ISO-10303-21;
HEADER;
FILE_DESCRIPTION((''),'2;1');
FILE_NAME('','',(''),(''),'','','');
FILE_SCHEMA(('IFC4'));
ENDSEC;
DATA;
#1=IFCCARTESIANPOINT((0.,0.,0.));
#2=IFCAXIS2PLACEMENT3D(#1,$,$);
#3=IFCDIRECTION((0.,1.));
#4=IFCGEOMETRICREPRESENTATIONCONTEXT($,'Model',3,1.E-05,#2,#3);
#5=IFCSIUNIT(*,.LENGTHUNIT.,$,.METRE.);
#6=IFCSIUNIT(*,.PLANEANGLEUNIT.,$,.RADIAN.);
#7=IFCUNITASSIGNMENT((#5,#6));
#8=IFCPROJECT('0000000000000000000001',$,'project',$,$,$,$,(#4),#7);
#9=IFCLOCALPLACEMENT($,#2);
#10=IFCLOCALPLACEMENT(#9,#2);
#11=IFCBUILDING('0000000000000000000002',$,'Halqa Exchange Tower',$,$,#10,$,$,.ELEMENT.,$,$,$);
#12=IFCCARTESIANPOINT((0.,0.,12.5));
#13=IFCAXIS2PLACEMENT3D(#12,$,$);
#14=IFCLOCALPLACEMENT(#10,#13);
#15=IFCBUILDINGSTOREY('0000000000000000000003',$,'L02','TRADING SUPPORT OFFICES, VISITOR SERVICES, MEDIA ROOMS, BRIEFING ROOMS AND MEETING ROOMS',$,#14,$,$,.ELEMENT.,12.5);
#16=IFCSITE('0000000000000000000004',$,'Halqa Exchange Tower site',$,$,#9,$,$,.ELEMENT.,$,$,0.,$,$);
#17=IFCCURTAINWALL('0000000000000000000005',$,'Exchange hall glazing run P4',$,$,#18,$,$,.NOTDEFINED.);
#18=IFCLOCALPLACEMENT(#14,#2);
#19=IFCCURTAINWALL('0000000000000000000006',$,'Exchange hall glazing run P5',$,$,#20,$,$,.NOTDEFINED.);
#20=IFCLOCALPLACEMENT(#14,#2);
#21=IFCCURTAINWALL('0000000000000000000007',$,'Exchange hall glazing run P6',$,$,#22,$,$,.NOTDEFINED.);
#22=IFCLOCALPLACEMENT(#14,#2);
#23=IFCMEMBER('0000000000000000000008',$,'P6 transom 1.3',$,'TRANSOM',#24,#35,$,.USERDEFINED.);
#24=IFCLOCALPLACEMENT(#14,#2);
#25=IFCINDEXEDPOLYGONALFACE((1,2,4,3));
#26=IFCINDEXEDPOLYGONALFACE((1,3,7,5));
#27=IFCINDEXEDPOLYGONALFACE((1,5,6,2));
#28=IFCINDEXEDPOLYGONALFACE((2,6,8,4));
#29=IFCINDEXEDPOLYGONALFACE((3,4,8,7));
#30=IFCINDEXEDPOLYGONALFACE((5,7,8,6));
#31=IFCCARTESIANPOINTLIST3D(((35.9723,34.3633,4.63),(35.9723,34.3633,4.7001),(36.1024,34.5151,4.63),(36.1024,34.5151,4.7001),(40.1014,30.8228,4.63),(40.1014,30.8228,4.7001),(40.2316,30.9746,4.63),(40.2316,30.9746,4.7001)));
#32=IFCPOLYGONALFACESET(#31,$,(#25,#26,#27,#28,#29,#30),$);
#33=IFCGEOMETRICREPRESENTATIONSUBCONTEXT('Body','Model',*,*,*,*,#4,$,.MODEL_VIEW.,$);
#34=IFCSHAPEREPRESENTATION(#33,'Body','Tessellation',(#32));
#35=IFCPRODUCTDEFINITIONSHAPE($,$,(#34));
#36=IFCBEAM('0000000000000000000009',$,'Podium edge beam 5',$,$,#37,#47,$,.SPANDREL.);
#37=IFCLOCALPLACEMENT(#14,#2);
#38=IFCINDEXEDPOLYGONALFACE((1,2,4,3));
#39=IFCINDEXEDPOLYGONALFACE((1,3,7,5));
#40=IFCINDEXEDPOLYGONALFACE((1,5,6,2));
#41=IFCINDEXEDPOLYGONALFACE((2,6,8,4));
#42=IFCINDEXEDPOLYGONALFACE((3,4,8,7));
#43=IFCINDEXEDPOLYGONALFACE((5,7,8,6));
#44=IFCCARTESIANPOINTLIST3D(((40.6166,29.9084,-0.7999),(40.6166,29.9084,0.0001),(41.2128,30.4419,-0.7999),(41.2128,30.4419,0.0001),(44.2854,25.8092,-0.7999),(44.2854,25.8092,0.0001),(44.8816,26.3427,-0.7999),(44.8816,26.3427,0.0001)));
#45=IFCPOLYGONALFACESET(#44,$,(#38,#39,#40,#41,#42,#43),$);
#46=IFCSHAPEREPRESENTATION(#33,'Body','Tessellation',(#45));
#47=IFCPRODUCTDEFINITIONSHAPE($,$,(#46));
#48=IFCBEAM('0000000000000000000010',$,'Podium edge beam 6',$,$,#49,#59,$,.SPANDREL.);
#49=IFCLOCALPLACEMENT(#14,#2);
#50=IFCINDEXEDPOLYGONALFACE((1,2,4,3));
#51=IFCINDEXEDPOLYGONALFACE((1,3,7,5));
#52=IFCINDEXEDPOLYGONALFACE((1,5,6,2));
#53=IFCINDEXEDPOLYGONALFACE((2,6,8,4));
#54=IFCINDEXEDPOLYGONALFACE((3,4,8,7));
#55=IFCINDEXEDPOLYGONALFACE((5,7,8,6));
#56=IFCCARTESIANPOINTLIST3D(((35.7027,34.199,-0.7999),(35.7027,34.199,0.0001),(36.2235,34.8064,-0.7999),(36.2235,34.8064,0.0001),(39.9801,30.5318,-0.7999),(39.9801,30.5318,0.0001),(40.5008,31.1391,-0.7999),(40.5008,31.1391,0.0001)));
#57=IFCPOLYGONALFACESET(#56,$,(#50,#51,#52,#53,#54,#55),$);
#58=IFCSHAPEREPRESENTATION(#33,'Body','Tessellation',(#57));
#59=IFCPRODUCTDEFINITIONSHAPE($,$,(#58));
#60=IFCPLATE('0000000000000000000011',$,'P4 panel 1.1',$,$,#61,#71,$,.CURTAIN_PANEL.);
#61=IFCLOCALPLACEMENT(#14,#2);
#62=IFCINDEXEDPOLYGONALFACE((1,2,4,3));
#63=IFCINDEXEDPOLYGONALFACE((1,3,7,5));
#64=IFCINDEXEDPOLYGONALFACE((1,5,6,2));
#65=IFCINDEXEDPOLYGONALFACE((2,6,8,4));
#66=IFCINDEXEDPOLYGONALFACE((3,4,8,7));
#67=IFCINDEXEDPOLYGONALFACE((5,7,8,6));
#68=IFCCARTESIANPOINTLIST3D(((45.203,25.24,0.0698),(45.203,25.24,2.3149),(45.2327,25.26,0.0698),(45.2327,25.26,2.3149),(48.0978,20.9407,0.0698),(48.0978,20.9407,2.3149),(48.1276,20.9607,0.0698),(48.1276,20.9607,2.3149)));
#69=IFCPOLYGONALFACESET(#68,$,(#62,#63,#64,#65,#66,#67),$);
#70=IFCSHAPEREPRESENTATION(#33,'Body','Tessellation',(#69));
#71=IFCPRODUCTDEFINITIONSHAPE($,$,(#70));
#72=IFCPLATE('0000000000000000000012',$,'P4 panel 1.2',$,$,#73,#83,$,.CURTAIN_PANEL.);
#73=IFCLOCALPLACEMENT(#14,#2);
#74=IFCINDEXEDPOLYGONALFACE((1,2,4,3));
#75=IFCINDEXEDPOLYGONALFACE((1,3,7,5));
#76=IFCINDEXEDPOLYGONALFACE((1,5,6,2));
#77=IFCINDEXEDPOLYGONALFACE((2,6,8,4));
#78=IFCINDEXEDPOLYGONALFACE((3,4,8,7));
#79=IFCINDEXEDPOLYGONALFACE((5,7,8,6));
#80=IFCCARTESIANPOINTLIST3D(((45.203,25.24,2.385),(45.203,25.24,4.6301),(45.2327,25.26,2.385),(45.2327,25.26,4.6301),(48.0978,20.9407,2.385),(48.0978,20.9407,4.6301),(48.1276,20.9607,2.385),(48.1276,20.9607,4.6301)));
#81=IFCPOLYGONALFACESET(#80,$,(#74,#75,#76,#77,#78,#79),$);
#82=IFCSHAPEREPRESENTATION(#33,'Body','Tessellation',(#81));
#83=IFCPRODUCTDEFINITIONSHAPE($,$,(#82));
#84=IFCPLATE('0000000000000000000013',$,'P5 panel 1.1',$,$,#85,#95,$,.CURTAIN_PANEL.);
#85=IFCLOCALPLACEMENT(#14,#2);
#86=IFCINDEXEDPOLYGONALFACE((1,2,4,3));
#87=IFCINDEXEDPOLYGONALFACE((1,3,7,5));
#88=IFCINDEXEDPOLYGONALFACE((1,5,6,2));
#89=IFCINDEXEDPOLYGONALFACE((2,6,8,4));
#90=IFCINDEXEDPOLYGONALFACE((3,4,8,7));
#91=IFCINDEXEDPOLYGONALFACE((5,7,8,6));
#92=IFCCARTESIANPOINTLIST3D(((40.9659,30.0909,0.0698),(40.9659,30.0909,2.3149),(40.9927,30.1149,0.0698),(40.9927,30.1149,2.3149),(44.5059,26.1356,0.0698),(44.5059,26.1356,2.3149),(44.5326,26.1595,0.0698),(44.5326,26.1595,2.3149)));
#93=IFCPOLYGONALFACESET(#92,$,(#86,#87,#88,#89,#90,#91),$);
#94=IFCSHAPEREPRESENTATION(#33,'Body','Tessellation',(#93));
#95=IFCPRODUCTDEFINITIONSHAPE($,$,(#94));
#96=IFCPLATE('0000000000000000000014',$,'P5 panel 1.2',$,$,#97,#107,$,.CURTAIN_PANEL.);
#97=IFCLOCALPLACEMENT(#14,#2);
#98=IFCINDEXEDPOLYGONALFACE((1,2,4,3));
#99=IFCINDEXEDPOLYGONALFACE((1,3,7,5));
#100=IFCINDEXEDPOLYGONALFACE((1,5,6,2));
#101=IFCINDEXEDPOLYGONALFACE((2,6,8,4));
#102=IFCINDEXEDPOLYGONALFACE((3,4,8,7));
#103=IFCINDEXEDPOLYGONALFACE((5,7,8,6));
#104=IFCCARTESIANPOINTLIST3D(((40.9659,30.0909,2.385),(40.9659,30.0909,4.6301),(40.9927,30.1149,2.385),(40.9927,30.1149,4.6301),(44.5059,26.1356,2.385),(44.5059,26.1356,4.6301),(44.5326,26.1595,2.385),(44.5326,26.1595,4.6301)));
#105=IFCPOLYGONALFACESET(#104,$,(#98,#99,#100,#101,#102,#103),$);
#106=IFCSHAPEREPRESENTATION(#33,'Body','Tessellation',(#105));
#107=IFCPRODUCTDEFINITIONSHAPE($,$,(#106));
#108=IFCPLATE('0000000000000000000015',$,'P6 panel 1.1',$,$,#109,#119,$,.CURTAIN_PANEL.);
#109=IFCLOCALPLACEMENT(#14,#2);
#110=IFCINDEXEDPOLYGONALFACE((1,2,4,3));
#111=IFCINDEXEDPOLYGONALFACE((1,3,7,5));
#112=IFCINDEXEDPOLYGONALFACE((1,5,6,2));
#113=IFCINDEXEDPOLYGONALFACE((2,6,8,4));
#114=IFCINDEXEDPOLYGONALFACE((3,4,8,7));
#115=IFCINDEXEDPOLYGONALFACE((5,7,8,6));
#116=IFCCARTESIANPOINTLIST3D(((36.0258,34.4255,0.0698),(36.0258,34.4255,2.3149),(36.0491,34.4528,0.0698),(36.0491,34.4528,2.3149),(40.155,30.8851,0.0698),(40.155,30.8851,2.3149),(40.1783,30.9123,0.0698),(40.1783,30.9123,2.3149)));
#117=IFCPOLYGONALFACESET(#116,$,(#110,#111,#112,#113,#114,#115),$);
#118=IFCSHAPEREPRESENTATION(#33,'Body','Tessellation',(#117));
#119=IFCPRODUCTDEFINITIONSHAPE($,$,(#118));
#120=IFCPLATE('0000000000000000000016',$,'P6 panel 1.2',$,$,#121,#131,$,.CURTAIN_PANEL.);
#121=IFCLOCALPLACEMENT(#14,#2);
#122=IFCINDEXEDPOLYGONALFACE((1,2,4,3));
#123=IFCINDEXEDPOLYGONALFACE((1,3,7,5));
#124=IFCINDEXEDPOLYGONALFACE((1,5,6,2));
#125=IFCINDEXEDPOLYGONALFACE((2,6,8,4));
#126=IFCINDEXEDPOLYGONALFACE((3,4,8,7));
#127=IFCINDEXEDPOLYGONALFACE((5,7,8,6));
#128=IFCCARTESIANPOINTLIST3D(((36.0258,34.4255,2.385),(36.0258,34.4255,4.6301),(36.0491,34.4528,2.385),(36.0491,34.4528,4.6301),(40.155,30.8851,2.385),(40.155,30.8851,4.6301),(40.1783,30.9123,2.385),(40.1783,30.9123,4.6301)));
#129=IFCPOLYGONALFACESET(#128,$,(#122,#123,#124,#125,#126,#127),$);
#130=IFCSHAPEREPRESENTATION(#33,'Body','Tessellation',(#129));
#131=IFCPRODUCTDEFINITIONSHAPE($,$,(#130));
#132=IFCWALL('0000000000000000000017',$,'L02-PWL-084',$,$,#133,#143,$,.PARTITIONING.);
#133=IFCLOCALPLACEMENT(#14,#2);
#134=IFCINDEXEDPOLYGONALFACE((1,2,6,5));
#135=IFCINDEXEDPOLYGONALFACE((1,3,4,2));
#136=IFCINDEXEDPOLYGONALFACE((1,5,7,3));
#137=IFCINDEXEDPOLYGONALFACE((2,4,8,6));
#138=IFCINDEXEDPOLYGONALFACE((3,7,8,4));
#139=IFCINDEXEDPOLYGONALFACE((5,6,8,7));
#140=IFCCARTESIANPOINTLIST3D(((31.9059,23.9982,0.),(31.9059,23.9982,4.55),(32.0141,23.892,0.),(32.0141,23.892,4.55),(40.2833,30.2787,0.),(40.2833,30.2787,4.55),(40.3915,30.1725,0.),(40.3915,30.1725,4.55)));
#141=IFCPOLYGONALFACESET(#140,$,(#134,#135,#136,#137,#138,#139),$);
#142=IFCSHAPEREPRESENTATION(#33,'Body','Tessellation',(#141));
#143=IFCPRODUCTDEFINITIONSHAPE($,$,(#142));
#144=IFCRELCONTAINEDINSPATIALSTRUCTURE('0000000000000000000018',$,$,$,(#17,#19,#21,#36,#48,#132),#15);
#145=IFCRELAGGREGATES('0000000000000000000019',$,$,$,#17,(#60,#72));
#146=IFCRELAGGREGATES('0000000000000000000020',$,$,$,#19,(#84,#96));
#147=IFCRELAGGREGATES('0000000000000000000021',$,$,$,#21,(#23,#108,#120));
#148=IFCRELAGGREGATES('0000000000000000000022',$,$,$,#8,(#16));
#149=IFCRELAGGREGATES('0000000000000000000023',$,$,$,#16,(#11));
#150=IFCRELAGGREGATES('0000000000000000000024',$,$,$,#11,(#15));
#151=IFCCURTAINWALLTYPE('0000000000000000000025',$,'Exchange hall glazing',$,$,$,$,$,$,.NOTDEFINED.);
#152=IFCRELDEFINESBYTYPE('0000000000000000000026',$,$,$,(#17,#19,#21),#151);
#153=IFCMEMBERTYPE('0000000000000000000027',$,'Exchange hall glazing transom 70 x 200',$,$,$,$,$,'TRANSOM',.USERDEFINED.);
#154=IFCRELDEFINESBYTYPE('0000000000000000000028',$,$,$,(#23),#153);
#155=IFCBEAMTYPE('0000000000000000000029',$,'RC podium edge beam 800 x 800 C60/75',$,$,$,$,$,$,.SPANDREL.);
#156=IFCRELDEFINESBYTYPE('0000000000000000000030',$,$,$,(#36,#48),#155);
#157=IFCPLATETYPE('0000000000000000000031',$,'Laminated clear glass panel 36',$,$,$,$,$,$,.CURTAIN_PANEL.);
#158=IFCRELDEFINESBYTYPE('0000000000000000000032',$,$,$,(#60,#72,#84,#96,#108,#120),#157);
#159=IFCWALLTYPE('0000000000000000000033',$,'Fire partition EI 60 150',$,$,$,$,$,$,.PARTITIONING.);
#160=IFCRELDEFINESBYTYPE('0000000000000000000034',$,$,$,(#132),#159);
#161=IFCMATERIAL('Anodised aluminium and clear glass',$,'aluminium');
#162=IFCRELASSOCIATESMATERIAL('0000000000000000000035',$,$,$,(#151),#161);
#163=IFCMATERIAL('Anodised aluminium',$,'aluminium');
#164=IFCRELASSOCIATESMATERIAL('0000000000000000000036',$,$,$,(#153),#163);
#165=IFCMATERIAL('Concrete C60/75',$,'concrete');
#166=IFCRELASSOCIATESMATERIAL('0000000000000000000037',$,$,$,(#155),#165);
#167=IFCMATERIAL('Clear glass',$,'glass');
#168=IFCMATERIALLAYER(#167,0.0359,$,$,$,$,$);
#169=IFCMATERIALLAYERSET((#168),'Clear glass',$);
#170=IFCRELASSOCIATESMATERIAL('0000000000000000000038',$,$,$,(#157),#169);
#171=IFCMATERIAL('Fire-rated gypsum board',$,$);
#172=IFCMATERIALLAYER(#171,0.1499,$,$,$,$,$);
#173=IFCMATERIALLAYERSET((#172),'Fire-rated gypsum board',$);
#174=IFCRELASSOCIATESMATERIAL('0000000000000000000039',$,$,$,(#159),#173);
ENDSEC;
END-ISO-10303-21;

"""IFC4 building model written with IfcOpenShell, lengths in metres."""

from ifc_helpers import new_model, si_unit, direction, frame, origin, origin_2d, place, context, subcontext, project, spatial, polyline, rectangle, outline, extrude, material, layer, layer_set, material_profile, profile_set, type_object, element, aggregate, save


model = new_model("IFC4")

# Units and contexts
model_context = context("Model", 3, precision=1e-05, world=origin(), true_north=direction((0.0, 1.0)))
body_context = subcontext(model_context, "Body", "Model", "MODEL_VIEW")
ifc_project = project(units=[si_unit("LENGTHUNIT", "METRE"), si_unit("PLANEANGLEUNIT", "RADIAN")], contexts=[model_context])

# Site, building, storey
site_placement = place(None, origin())
site = spatial("IfcSite", under=ifc_project, at=site_placement, Name="Halqa Exchange Tower site", CompositionType="ELEMENT", RefElevation=0.0)
building_placement = place(site_placement, origin())
building = spatial("IfcBuilding", under=site, at=building_placement, Name="Halqa Exchange Tower", CompositionType="ELEMENT")
storey_placement = place(building_placement, frame((0.0, 0.0, 12.5)))
storey = spatial("IfcBuildingStorey", under=building, at=storey_placement, Name="L02", Description="TRADING SUPPORT OFFICES, VISITOR SERVICES, MEDIA ROOMS, BRIEFING ROOMS AND MEETING ROOMS", CompositionType="ELEMENT", Elevation=12.5)

# Shared definitions
ifc_material_1 = material(Name="Concrete C60/75", Category="concrete")

# Curtain wall
ifc_material_2 = material(Name="Anodised aluminium and clear glass", Category="aluminium")
curtain_wall_type = type_object("IfcCurtainWallType", Name="Exchange hall glazing", PredefinedType="NOTDEFINED", material=ifc_material_2)
curtain_wall_1_placement = place(storey_placement, origin())
curtain_wall_1 = element("IfcCurtainWall", 1, at=curtain_wall_1_placement, inside=storey, type_object=curtain_wall_type, Name="Exchange hall glazing run P4", PredefinedType="NOTDEFINED")
ifc_material_3 = material(Name="Anodised aluminium", Category="aluminium")

# Curtain walls
curtain_wall_2_placement = place(storey_placement, origin())
curtain_wall_2 = element("IfcCurtainWall", 2, at=curtain_wall_2_placement, inside=storey, type_object=curtain_wall_type, Name="Exchange hall glazing run P5", PredefinedType="NOTDEFINED")
curtain_wall_3_placement = place(storey_placement, origin())
curtain_wall_3 = element("IfcCurtainWall", 3, at=curtain_wall_3_placement, inside=storey, type_object=curtain_wall_type, Name="Exchange hall glazing run P6", PredefinedType="NOTDEFINED")

# Member
ifc_material_profile_1 = material_profile(ifc_material_3, rectangle(XDim=0.2, YDim=0.0701, at=origin_2d()), Name="AL 70x200")
ifc_profile_set_1 = profile_set([ifc_material_profile_1], Name="Anodised aluminium")
member_type_1 = type_object("IfcMemberType", Name="Exchange hall glazing transom 70 x 200", ElementType="TRANSOM", PredefinedType="USERDEFINED", material=ifc_profile_set_1)
member_1_placement = place(storey_placement, frame((40.1665, 30.8987, 4.665), z_axis=(-0.759143, 0.650924, 0.0), x_axis=(-0.650924, -0.759143, 0.0)))
member_1 = element("IfcMember", 4, at=member_1_placement, type_object=member_type_1, Name="P6 transom 1.3", ObjectType="TRANSOM", PredefinedType="USERDEFINED", context=body_context, shape_type="SweptSolid", body=[
    extrude(rectangle(XDim=0.2, YDim=0.0701, at=origin_2d()), origin(), (0.0, 0.0, 1.0), 5.4392),
])

# Beams
ifc_material_profile_2 = material_profile(ifc_material_1, rectangle(XDim=0.8, YDim=0.8, at=origin_2d()), Name="800 x 800")
ifc_profile_set_2 = profile_set([ifc_material_profile_2], Name="Concrete C60/75")
beam_type = type_object("IfcBeamType", Name="RC podium edge beam 800 x 800 C60/75", PredefinedType="SPANDREL", material=ifc_profile_set_2)
beam_1_placement = place(storey_placement, frame((44.5835, 26.0759, -0.3999), z_axis=(-0.666903, 0.745145, 0.0), x_axis=(-0.745145, -0.666903, 0.0)))
element("IfcBeam", 5, at=beam_1_placement, inside=storey, type_object=beam_type, Name="Podium edge beam 5", PredefinedType="SPANDREL", context=body_context, shape_type="SweptSolid", body=[
    extrude(rectangle(XDim=0.8, YDim=0.8, at=origin_2d()), origin(), (0.0, 0.0, 1.0), 5.5012),
])
beam_2_placement = place(storey_placement, frame((40.2405, 30.8354, -0.3999), z_axis=(-0.759174, 0.650888, 0.0), x_axis=(-0.650888, -0.759174, 0.0)))
element("IfcBeam", 6, at=beam_2_placement, inside=storey, type_object=beam_type, Name="Podium edge beam 6", PredefinedType="SPANDREL", context=body_context, shape_type="SweptSolid", body=[
    extrude(rectangle(XDim=0.8, YDim=0.8, at=origin_2d()), origin(), (0.0, 0.0, 1.0), 5.6343),
])

# Plates
ifc_material_4 = material(Name="Clear glass", Category="glass")
ifc_layer_1 = layer(ifc_material_4, 0.0359)
ifc_layer_set_1 = layer_set([ifc_layer_1], Name="Clear glass")
plate_type = type_object("IfcPlateType", Name="Laminated clear glass panel 36", PredefinedType="CURTAIN_PANEL", material=ifc_layer_set_1)
plate_1_placement = place(storey_placement, frame((46.6653, 23.1003, 0.0698), z_axis=(0.0, 0.0, 1.0), x_axis=(-0.558522, 0.82949, 0.0)))
plate_1 = element("IfcPlate", 7, at=plate_1_placement, type_object=plate_type, Name="P4 panel 1.1", PredefinedType="CURTAIN_PANEL", context=body_context, shape_type="SweptSolid", body=[
    extrude(rectangle(XDim=5.1831, YDim=0.0359, at=origin_2d()), origin(), (0.0, 0.0, 1.0), 2.2451),
])
plate_2_placement = place(storey_placement, frame((46.6653, 23.1003, 2.385), z_axis=(0.0, 0.0, 1.0), x_axis=(-0.558522, 0.82949, 0.0)))
plate_2 = element("IfcPlate", 8, at=plate_2_placement, type_object=plate_type, Name="P4 panel 1.2", PredefinedType="CURTAIN_PANEL", context=body_context, shape_type="SweptSolid", body=[
    extrude(rectangle(XDim=5.1831, YDim=0.0359, at=origin_2d()), origin(), (0.0, 0.0, 1.0), 2.2451),
])
aggregate(curtain_wall_1, [plate_1, plate_2])
plate_3_placement = place(storey_placement, frame((42.7493, 28.1252, 0.0698), z_axis=(0.0, 0.0, 1.0), x_axis=(-0.666899, 0.745148, 0.0)))
plate_3 = element("IfcPlate", 9, at=plate_3_placement, type_object=plate_type, Name="P5 panel 1.1", PredefinedType="CURTAIN_PANEL", context=body_context, shape_type="SweptSolid", body=[
    extrude(rectangle(XDim=5.3081, YDim=0.0359, at=origin_2d()), origin(), (0.0, 0.0, 1.0), 2.2451),
])
plate_4_placement = place(storey_placement, frame((42.7493, 28.1252, 2.385), z_axis=(0.0, 0.0, 1.0), x_axis=(-0.666899, 0.745148, 0.0)))
plate_4 = element("IfcPlate", 10, at=plate_4_placement, type_object=plate_type, Name="P5 panel 1.2", PredefinedType="CURTAIN_PANEL", context=body_context, shape_type="SweptSolid", body=[
    extrude(rectangle(XDim=5.3081, YDim=0.0359, at=origin_2d()), origin(), (0.0, 0.0, 1.0), 2.2451),
])
aggregate(curtain_wall_2, [plate_3, plate_4])
plate_5_placement = place(storey_placement, frame((38.1021, 32.6689, 0.0698), z_axis=(0.0, 0.0, 1.0), x_axis=(-0.759154, 0.650911, 0.0)))
plate_5 = element("IfcPlate", 11, at=plate_5_placement, type_object=plate_type, Name="P6 panel 1.1", PredefinedType="CURTAIN_PANEL", context=body_context, shape_type="SweptSolid", body=[
    extrude(rectangle(XDim=5.4392, YDim=0.0359, at=origin_2d()), origin(), (0.0, 0.0, 1.0), 2.2451),
])
plate_6_placement = place(storey_placement, frame((38.1021, 32.6689, 2.385), z_axis=(0.0, 0.0, 1.0), x_axis=(-0.759154, 0.650911, 0.0)))
plate_6 = element("IfcPlate", 12, at=plate_6_placement, type_object=plate_type, Name="P6 panel 1.2", PredefinedType="CURTAIN_PANEL", context=body_context, shape_type="SweptSolid", body=[
    extrude(rectangle(XDim=5.4392, YDim=0.0359, at=origin_2d()), origin(), (0.0, 0.0, 1.0), 2.2451),
])
aggregate(curtain_wall_3, [member_1, plate_5, plate_6])

# Wall
ifc_material_5 = material(Name="Fire-rated gypsum board")
ifc_layer_2 = layer(ifc_material_5, 0.1499)
ifc_layer_set_2 = layer_set([ifc_layer_2], Name="Fire-rated gypsum board")
wall_type = type_object("IfcWallType", Name="Fire partition EI 60 150", PredefinedType="PARTITIONING", material=ifc_layer_set_2)
wall_placement = place(storey_placement, frame((40.3374, 30.2256, 0.0), z_axis=(0.0, 0.0, 1.0), x_axis=(-0.800118, -0.599843, 0.0)))
element("IfcWall", 13, at=wall_placement, inside=storey, type_object=wall_type, Name="L02-PWL-084", PredefinedType="PARTITIONING", context=body_context, shape_type="SweptSolid", body=[
    extrude(outline(polyline([(0.0115, -0.075), (10.4817, -0.075), (10.4587, 0.075), (-0.0115, 0.075), (0.0115, -0.075)])), origin(), (0.0, 0.0, 1.0), 4.55),
])

save(model, "model.ifc")
